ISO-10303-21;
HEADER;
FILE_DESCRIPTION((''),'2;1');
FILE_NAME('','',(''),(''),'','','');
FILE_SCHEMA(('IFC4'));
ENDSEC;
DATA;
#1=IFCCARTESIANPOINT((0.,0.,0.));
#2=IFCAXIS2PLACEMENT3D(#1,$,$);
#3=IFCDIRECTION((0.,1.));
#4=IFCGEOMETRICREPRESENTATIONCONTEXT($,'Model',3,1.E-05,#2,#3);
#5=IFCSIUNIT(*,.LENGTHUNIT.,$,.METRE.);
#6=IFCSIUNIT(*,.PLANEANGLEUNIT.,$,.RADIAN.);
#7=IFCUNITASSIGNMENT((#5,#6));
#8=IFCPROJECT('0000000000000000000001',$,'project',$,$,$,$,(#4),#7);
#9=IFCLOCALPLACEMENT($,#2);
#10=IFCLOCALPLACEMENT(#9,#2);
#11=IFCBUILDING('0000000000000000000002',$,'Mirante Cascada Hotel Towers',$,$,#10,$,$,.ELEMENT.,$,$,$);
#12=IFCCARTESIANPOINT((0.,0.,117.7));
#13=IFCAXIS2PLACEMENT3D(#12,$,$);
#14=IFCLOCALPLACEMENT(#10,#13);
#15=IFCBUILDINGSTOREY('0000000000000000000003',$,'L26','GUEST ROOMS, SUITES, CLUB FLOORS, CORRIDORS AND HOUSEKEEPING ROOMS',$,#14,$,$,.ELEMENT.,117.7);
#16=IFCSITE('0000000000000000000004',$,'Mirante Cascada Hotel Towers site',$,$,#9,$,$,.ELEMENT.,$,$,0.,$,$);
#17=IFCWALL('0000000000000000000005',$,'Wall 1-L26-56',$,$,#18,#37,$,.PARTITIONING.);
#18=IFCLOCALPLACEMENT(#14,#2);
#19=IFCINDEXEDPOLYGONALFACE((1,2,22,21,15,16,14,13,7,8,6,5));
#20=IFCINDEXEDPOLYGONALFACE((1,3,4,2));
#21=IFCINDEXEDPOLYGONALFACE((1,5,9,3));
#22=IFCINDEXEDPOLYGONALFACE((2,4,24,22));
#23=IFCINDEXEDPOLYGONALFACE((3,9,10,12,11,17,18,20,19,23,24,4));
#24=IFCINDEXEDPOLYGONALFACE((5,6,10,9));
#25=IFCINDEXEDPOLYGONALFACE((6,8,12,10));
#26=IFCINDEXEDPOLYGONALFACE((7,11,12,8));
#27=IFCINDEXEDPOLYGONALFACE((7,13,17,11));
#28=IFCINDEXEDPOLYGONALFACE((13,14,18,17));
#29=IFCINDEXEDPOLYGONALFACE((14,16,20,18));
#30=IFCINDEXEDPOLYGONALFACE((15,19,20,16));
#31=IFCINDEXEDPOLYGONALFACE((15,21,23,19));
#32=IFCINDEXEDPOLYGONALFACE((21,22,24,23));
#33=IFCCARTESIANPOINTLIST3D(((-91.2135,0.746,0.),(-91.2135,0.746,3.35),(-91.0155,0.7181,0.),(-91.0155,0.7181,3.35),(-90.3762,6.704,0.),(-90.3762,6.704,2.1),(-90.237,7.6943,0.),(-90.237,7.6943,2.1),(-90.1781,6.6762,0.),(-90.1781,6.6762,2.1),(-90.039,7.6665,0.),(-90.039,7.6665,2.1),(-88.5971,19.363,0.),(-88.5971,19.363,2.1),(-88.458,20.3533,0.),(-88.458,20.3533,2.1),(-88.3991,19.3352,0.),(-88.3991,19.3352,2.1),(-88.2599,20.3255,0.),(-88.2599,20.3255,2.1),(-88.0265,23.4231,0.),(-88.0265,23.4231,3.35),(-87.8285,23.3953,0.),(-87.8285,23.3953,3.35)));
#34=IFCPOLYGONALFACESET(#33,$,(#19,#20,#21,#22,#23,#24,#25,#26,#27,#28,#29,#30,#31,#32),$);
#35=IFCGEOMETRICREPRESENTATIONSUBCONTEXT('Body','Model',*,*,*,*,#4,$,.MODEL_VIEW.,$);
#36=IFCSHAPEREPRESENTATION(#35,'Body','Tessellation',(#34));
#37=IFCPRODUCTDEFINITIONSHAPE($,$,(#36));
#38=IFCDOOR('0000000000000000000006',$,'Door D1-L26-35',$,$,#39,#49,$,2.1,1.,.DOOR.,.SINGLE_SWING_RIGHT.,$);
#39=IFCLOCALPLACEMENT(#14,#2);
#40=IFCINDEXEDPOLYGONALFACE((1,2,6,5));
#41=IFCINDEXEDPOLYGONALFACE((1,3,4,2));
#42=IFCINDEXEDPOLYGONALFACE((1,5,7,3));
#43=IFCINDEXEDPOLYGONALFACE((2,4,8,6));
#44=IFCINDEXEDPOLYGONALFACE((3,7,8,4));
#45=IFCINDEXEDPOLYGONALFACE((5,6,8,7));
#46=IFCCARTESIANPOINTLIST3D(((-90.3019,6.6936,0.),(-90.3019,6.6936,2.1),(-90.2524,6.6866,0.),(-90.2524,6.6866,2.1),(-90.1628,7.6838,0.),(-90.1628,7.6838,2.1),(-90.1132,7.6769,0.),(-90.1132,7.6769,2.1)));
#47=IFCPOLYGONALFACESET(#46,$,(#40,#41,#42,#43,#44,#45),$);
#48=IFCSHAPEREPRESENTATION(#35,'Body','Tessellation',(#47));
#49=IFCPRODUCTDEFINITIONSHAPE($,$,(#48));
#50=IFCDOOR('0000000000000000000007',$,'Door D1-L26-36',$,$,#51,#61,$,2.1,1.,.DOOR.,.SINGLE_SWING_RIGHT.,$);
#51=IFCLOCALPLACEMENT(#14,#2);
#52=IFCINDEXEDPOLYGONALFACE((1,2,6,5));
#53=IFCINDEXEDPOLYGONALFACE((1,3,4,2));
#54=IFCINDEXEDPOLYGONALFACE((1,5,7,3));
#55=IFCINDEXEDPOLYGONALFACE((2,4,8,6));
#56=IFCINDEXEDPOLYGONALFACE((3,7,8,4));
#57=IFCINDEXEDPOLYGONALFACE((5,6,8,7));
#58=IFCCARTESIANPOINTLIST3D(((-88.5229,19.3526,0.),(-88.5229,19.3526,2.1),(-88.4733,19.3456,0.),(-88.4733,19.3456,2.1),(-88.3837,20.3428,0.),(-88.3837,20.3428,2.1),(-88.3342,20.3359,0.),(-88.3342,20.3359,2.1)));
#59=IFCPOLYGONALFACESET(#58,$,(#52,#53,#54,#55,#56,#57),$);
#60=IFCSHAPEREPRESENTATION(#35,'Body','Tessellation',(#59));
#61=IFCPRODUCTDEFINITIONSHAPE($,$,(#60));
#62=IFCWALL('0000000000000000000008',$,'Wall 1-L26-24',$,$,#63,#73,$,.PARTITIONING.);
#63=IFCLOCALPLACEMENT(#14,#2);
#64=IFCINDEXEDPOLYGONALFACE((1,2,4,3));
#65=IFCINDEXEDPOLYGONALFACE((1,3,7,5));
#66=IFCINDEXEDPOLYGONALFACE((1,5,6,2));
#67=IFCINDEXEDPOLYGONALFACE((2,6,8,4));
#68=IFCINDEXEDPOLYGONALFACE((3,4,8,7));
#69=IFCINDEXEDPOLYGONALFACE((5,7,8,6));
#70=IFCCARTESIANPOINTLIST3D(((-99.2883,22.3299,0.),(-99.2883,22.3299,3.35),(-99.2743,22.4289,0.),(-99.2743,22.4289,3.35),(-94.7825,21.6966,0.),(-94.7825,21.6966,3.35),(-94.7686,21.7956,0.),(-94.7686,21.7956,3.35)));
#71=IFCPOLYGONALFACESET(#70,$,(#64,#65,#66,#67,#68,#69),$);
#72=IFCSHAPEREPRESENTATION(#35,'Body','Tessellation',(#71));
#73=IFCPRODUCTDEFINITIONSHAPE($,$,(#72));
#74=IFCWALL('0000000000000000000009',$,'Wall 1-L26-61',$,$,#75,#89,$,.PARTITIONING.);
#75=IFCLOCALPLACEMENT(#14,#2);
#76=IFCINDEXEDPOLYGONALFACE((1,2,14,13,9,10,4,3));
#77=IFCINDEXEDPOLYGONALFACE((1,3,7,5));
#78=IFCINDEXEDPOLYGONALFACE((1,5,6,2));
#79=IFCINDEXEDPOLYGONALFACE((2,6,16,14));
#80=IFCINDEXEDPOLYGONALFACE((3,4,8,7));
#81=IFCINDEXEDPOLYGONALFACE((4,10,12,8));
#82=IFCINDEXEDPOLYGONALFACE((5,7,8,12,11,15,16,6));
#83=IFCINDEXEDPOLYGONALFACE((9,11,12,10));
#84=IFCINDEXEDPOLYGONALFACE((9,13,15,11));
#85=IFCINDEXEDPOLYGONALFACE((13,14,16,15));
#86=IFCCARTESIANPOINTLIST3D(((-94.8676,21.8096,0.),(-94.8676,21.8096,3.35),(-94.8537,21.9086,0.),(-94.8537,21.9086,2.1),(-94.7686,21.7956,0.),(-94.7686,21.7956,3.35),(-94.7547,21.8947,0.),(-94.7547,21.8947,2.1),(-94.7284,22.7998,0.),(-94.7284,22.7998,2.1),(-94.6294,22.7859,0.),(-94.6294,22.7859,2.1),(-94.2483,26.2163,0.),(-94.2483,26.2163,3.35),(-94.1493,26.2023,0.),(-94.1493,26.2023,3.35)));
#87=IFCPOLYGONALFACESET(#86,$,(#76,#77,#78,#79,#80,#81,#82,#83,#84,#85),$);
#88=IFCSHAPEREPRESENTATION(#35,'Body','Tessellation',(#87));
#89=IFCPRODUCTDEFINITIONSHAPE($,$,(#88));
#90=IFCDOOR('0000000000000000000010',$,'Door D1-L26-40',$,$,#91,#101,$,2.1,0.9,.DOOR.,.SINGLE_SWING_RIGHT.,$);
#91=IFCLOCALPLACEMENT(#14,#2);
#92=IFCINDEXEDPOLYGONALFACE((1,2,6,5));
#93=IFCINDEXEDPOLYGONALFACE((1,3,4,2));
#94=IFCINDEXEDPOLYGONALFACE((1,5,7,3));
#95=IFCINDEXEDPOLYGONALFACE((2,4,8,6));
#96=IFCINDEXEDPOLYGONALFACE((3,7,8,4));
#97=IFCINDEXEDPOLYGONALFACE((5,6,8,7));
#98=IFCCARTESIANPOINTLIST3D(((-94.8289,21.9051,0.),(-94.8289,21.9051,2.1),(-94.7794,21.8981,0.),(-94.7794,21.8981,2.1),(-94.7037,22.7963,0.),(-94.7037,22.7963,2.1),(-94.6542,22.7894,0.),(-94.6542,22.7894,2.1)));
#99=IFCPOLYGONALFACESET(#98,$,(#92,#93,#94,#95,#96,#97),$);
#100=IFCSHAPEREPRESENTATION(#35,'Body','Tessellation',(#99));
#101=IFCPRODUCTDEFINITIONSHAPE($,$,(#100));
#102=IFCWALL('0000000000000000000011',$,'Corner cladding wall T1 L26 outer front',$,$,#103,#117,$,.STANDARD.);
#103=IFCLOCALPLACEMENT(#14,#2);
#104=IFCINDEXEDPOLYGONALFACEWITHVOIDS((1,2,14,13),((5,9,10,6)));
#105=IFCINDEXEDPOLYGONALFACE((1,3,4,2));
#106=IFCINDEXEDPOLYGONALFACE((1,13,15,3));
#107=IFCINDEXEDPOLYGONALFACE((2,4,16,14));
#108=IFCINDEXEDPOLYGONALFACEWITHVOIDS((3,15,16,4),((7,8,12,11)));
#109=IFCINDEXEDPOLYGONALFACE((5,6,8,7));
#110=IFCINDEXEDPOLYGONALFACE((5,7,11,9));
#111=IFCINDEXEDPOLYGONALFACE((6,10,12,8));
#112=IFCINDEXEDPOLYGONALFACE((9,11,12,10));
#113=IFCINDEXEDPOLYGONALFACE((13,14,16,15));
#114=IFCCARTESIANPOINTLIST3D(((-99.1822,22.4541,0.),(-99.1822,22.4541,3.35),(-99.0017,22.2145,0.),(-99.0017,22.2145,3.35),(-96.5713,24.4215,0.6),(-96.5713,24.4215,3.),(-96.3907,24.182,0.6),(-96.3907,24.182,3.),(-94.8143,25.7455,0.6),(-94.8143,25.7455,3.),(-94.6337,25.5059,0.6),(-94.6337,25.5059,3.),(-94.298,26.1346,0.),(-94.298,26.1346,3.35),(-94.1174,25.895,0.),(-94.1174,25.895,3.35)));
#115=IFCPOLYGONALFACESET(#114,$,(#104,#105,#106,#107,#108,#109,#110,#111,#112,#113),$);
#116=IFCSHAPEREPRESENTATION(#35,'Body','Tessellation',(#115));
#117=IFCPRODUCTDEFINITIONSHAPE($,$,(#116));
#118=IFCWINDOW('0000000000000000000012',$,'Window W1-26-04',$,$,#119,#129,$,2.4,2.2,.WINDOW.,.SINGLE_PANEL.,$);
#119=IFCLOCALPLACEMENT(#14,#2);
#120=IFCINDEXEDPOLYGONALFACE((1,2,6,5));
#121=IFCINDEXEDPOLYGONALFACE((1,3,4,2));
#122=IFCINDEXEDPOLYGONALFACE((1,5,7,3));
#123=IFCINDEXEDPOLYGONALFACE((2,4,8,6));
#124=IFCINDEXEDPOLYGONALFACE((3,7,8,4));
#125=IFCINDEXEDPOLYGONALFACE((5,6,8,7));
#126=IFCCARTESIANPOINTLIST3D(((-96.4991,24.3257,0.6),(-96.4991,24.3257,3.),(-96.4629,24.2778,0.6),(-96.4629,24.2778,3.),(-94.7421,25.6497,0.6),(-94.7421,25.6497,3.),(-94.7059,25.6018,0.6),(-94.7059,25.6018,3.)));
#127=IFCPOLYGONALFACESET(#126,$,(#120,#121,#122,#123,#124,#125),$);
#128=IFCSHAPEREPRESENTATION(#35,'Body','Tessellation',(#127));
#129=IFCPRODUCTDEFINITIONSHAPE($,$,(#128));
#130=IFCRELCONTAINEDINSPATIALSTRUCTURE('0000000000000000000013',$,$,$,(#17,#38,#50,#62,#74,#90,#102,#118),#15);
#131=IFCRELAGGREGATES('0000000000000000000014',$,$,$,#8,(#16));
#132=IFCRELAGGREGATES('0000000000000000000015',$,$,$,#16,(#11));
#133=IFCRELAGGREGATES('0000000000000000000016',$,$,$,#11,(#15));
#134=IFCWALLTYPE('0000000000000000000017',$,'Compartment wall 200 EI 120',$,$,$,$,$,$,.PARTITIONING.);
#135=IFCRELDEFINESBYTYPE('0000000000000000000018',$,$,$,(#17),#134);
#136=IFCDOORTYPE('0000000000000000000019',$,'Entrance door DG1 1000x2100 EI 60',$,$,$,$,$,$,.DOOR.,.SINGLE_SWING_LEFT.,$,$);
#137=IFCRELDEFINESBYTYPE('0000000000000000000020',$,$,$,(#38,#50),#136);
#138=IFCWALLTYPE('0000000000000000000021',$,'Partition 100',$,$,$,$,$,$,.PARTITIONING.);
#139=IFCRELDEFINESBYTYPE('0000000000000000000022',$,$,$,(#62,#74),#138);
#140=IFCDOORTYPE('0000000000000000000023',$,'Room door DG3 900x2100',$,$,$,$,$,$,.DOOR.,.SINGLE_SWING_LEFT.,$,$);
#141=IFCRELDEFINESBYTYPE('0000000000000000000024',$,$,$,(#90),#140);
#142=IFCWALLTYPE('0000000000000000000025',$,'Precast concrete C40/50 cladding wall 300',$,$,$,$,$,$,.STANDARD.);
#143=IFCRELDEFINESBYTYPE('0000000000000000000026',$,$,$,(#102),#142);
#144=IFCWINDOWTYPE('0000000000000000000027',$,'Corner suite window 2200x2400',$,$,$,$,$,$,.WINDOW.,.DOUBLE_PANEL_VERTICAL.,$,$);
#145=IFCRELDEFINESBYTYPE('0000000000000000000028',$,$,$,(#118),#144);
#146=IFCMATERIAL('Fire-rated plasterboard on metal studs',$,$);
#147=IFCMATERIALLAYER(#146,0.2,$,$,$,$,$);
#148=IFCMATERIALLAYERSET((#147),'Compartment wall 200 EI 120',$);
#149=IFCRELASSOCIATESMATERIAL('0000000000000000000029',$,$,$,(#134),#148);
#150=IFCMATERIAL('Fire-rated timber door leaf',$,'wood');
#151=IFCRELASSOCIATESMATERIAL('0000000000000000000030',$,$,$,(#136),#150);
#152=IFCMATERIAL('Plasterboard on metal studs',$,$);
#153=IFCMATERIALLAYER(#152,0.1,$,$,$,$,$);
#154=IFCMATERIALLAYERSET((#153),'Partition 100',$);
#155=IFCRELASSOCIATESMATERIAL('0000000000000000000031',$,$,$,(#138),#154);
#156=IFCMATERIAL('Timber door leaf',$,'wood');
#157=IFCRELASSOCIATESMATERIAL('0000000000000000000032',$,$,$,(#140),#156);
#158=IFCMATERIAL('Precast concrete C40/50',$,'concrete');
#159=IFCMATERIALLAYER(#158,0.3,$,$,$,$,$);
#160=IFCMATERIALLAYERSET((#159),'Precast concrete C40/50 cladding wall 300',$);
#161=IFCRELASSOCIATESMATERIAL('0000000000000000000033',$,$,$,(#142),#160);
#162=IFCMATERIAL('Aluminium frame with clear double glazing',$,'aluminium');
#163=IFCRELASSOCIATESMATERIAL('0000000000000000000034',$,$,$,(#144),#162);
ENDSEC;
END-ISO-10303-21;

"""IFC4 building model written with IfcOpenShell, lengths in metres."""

from ifc_helpers import new_model, si_unit, direction, frame, frame_2d, origin, place, context, subcontext, project, spatial, rectangle, extrude, material, layer, layer_set, type_object, element, fill, save


model = new_model("IFC4")

# Units and contexts
model_context = context("Model", 3, precision=1e-05, world=origin(), true_north=direction((0.0, 1.0)))
body_context = subcontext(model_context, "Body", "Model", "MODEL_VIEW")
ifc_project = project(units=[si_unit("LENGTHUNIT", "METRE"), si_unit("PLANEANGLEUNIT", "RADIAN")], contexts=[model_context])

# Site, building, storey
site_placement = place(None, origin())
site = spatial("IfcSite", under=ifc_project, at=site_placement, Name="Mirante Cascada Hotel Towers site", CompositionType="ELEMENT", RefElevation=0.0)
building_placement = place(site_placement, origin())
building = spatial("IfcBuilding", under=site, at=building_placement, Name="Mirante Cascada Hotel Towers", CompositionType="ELEMENT")
storey_placement = place(building_placement, frame((0.0, 0.0, 117.7)))
storey = spatial("IfcBuildingStorey", under=building, at=storey_placement, Name="L26", Description="GUEST ROOMS, SUITES, CLUB FLOORS, CORRIDORS AND HOUSEKEEPING ROOMS", CompositionType="ELEMENT", Elevation=117.7)

# Shared definitions
ifc_material_1 = material(Name="Fire-rated plasterboard on metal studs")
ifc_layer_1 = layer(ifc_material_1, 0.2)
ifc_layer_set_1 = layer_set([ifc_layer_1], Name="Compartment wall 200 EI 120")
wall_type_1 = type_object("IfcWallType", Name="Compartment wall 200 EI 120", PredefinedType="PARTITIONING", material=ifc_layer_set_1)

# Wall, openings, doors
wall_1_placement = place(storey_placement, frame((-87.9275, 23.4092, 0.0), z_axis=(0.0, 0.0, 1.0), x_axis=(-0.139171, -0.990268, 0.0)))
wall_1 = element("IfcWall", 1, at=wall_1_placement, inside=storey, type_object=wall_type_1, Name="Wall 1-L26-56", PredefinedType="PARTITIONING", context=body_context, shape_type="SweptSolid", body=[
    extrude(rectangle(XDim=22.9, YDim=0.2, at=frame_2d((11.45, 0.0))), origin(), (0.0, 0.0, 1.0), 3.35),
])
opening_1_placement = place(wall_1_placement, frame((15.8834, 0.0, 0.0)))
opening_1 = element("IfcOpeningElement", 2, at=opening_1_placement, cuts=wall_1, PredefinedType="OPENING", context=body_context, shape_type="SweptSolid", body=[
    extrude(rectangle(XDim=1.0, YDim=2.1, at=frame_2d((0.5, 1.05))), frame((0.0, 0.1, 0.0), z_axis=(0.0, -1.0, 0.0), x_axis=(1.0, 0.0, 0.0)), (0.0, 0.0, 1.0), 0.2),
])
opening_2_placement = place(wall_1_placement, frame((3.1, 0.0, 0.0)))
opening_2 = element("IfcOpeningElement", 3, at=opening_2_placement, cuts=wall_1, PredefinedType="OPENING", context=body_context, shape_type="SweptSolid", body=[
    extrude(rectangle(XDim=1.0, YDim=2.1, at=frame_2d((0.5, 1.05))), frame((0.0, 0.1, 0.0), z_axis=(0.0, -1.0, 0.0), x_axis=(1.0, 0.0, 0.0)), (0.0, 0.0, 1.0), 0.2),
])
ifc_material_2 = material(Name="Fire-rated timber door leaf", Category="wood")
door_type_1 = type_object("IfcDoorType", Name="Entrance door DG1 1000x2100 EI 60", OperationType="SINGLE_SWING_LEFT", PredefinedType="DOOR", material=ifc_material_2)
door_1_placement = place(opening_1_placement, frame((1.0, 0.0, 0.0), z_axis=(0.0, 0.0, 1.0), x_axis=(-1.0, 0.0, 0.0)))
door_1 = element("IfcDoor", 4, at=door_1_placement, inside=storey, type_object=door_type_1, Name="Door D1-L26-35", OperationType="SINGLE_SWING_RIGHT", OverallHeight=2.1, OverallWidth=1.0, PredefinedType="DOOR", context=body_context, shape_type="SweptSolid", body=[
    extrude(rectangle(XDim=1.0, YDim=2.1, at=frame_2d((0.5, 1.05))), frame((0.0, 0.025, 0.0), z_axis=(0.0, -1.0, 0.0), x_axis=(1.0, 0.0, 0.0)), (0.0, 0.0, 1.0), 0.05),
])
fill(opening_1, door_1)
door_2_placement = place(opening_2_placement, frame((1.0, 0.0, 0.0), z_axis=(0.0, 0.0, 1.0), x_axis=(-1.0, 0.0, 0.0)))
door_2 = element("IfcDoor", 5, at=door_2_placement, inside=storey, type_object=door_type_1, Name="Door D1-L26-36", OperationType="SINGLE_SWING_RIGHT", OverallHeight=2.1, OverallWidth=1.0, PredefinedType="DOOR", context=body_context, shape_type="SweptSolid", body=[
    extrude(rectangle(XDim=1.0, YDim=2.1, at=frame_2d((0.5, 1.05))), frame((0.0, 0.025, 0.0), z_axis=(0.0, -1.0, 0.0), x_axis=(1.0, 0.0, 0.0)), (0.0, 0.0, 1.0), 0.05),
])
fill(opening_2, door_2)

# Wall
ifc_material_3 = material(Name="Plasterboard on metal studs")
ifc_layer_2 = layer(ifc_material_3, 0.1)
ifc_layer_set_2 = layer_set([ifc_layer_2], Name="Partition 100")
wall_type_2 = type_object("IfcWallType", Name="Partition 100", PredefinedType="PARTITIONING", material=ifc_layer_set_2)
wall_2_placement = place(storey_placement, frame((-99.2813, 22.3794, 0.0), z_axis=(0.0, 0.0, 1.0), x_axis=(0.990266, -0.139187, 0.0)))
element("IfcWall", 6, at=wall_2_placement, inside=storey, type_object=wall_type_2, Name="Wall 1-L26-24", PredefinedType="PARTITIONING", context=body_context, shape_type="SweptSolid", body=[
    extrude(rectangle(XDim=4.55, YDim=0.1, at=frame_2d((2.275, 0.0))), origin(), (0.0, 0.0, 1.0), 3.35),
])

# Wall, opening, door
wall_3_placement = place(storey_placement, frame((-94.8181, 21.8026, 0.0), z_axis=(0.0, 0.0, 1.0), x_axis=(0.139168, 0.990269, 0.0)))
wall_3 = element("IfcWall", 7, at=wall_3_placement, inside=storey, type_object=wall_type_2, Name="Wall 1-L26-61", PredefinedType="PARTITIONING", context=body_context, shape_type="SweptSolid", body=[
    extrude(rectangle(XDim=4.45, YDim=0.1, at=frame_2d((2.225, 0.0))), origin(), (0.0, 0.0, 1.0), 3.35),
])
opening_3_placement = place(wall_3_placement, frame((0.1, 0.0, 0.0)))
opening_3 = element("IfcOpeningElement", 8, at=opening_3_placement, cuts=wall_3, PredefinedType="OPENING", context=body_context, shape_type="SweptSolid", body=[
    extrude(rectangle(XDim=0.9, YDim=2.1, at=frame_2d((0.45, 1.05))), frame((0.0, 0.05, 0.0), z_axis=(0.0, -1.0, 0.0), x_axis=(1.0, 0.0, 0.0)), (0.0, 0.0, 1.0), 0.1),
])
ifc_material_4 = material(Name="Timber door leaf", Category="wood")
door_type_2 = type_object("IfcDoorType", Name="Room door DG3 900x2100", OperationType="SINGLE_SWING_LEFT", PredefinedType="DOOR", material=ifc_material_4)
door_3_placement = place(opening_3_placement, frame((0.9, 0.0, 0.0), z_axis=(0.0, 0.0, 1.0), x_axis=(-1.0, 0.0, 0.0)))
door_3 = element("IfcDoor", 9, at=door_3_placement, inside=storey, type_object=door_type_2, Name="Door D1-L26-40", OperationType="SINGLE_SWING_RIGHT", OverallHeight=2.1, OverallWidth=0.9, PredefinedType="DOOR", context=body_context, shape_type="SweptSolid", body=[
    extrude(rectangle(XDim=0.9, YDim=2.1, at=frame_2d((0.45, 1.05))), frame((0.0, 0.025, 0.0), z_axis=(0.0, -1.0, 0.0), x_axis=(1.0, 0.0, 0.0)), (0.0, 0.0, 1.0), 0.05),
])
fill(opening_3, door_3)

# Wall, opening, window
ifc_material_5 = material(Name="Precast concrete C40/50", Category="concrete")
ifc_layer_3 = layer(ifc_material_5, 0.3)
ifc_layer_set_3 = layer_set([ifc_layer_3], Name="Precast concrete C40/50 cladding wall 300")
wall_type_3 = type_object("IfcWallType", Name="Precast concrete C40/50 cladding wall 300", PredefinedType="STANDARD", material=ifc_layer_set_3)
wall_4_placement = place(storey_placement, frame((-99.0919, 22.3343, 0.0), z_axis=(0.0, 0.0, 1.0), x_axis=(0.798636, 0.601814, 0.0)))
wall_4 = element("IfcWall", 10, at=wall_4_placement, inside=storey, type_object=wall_type_3, Name="Corner cladding wall T1 L26 outer front", PredefinedType="STANDARD", context=body_context, shape_type="SweptSolid", body=[
    extrude(rectangle(XDim=6.1157, YDim=0.3, at=frame_2d((3.0578, 0.0))), origin(), (0.0, 0.0, 1.0), 3.35),
])
opening_4_placement = place(wall_4_placement, frame((3.2692, 0.0, 0.6)))
opening_4 = element("IfcOpeningElement", 11, at=opening_4_placement, cuts=wall_4, PredefinedType="OPENING", context=body_context, shape_type="SweptSolid", body=[
    extrude(rectangle(XDim=2.2, YDim=2.4, at=frame_2d((1.1, 1.2))), frame((0.0, 0.15, 0.0), z_axis=(0.0, -1.0, 0.0), x_axis=(1.0, 0.0, 0.0)), (0.0, 0.0, 1.0), 0.3),
])
ifc_material_6 = material(Name="Aluminium frame with clear double glazing", Category="aluminium")
window_type = type_object("IfcWindowType", Name="Corner suite window 2200x2400", PartitioningType="DOUBLE_PANEL_VERTICAL", PredefinedType="WINDOW", material=ifc_material_6)
window_placement = place(opening_4_placement, origin())
window = element("IfcWindow", 12, at=window_placement, inside=storey, type_object=window_type, Name="Window W1-26-04", OverallHeight=2.4, OverallWidth=2.2, PartitioningType="SINGLE_PANEL", PredefinedType="WINDOW", context=body_context, shape_type="SweptSolid", body=[
    extrude(rectangle(XDim=2.2, YDim=2.4, at=frame_2d((1.1, 1.2))), frame((0.0, 0.03, 0.0), z_axis=(0.0, -1.0, 0.0), x_axis=(1.0, 0.0, 0.0)), (0.0, 0.0, 1.0), 0.06),
])
fill(opening_4, window)

save(model, "model.ifc")
